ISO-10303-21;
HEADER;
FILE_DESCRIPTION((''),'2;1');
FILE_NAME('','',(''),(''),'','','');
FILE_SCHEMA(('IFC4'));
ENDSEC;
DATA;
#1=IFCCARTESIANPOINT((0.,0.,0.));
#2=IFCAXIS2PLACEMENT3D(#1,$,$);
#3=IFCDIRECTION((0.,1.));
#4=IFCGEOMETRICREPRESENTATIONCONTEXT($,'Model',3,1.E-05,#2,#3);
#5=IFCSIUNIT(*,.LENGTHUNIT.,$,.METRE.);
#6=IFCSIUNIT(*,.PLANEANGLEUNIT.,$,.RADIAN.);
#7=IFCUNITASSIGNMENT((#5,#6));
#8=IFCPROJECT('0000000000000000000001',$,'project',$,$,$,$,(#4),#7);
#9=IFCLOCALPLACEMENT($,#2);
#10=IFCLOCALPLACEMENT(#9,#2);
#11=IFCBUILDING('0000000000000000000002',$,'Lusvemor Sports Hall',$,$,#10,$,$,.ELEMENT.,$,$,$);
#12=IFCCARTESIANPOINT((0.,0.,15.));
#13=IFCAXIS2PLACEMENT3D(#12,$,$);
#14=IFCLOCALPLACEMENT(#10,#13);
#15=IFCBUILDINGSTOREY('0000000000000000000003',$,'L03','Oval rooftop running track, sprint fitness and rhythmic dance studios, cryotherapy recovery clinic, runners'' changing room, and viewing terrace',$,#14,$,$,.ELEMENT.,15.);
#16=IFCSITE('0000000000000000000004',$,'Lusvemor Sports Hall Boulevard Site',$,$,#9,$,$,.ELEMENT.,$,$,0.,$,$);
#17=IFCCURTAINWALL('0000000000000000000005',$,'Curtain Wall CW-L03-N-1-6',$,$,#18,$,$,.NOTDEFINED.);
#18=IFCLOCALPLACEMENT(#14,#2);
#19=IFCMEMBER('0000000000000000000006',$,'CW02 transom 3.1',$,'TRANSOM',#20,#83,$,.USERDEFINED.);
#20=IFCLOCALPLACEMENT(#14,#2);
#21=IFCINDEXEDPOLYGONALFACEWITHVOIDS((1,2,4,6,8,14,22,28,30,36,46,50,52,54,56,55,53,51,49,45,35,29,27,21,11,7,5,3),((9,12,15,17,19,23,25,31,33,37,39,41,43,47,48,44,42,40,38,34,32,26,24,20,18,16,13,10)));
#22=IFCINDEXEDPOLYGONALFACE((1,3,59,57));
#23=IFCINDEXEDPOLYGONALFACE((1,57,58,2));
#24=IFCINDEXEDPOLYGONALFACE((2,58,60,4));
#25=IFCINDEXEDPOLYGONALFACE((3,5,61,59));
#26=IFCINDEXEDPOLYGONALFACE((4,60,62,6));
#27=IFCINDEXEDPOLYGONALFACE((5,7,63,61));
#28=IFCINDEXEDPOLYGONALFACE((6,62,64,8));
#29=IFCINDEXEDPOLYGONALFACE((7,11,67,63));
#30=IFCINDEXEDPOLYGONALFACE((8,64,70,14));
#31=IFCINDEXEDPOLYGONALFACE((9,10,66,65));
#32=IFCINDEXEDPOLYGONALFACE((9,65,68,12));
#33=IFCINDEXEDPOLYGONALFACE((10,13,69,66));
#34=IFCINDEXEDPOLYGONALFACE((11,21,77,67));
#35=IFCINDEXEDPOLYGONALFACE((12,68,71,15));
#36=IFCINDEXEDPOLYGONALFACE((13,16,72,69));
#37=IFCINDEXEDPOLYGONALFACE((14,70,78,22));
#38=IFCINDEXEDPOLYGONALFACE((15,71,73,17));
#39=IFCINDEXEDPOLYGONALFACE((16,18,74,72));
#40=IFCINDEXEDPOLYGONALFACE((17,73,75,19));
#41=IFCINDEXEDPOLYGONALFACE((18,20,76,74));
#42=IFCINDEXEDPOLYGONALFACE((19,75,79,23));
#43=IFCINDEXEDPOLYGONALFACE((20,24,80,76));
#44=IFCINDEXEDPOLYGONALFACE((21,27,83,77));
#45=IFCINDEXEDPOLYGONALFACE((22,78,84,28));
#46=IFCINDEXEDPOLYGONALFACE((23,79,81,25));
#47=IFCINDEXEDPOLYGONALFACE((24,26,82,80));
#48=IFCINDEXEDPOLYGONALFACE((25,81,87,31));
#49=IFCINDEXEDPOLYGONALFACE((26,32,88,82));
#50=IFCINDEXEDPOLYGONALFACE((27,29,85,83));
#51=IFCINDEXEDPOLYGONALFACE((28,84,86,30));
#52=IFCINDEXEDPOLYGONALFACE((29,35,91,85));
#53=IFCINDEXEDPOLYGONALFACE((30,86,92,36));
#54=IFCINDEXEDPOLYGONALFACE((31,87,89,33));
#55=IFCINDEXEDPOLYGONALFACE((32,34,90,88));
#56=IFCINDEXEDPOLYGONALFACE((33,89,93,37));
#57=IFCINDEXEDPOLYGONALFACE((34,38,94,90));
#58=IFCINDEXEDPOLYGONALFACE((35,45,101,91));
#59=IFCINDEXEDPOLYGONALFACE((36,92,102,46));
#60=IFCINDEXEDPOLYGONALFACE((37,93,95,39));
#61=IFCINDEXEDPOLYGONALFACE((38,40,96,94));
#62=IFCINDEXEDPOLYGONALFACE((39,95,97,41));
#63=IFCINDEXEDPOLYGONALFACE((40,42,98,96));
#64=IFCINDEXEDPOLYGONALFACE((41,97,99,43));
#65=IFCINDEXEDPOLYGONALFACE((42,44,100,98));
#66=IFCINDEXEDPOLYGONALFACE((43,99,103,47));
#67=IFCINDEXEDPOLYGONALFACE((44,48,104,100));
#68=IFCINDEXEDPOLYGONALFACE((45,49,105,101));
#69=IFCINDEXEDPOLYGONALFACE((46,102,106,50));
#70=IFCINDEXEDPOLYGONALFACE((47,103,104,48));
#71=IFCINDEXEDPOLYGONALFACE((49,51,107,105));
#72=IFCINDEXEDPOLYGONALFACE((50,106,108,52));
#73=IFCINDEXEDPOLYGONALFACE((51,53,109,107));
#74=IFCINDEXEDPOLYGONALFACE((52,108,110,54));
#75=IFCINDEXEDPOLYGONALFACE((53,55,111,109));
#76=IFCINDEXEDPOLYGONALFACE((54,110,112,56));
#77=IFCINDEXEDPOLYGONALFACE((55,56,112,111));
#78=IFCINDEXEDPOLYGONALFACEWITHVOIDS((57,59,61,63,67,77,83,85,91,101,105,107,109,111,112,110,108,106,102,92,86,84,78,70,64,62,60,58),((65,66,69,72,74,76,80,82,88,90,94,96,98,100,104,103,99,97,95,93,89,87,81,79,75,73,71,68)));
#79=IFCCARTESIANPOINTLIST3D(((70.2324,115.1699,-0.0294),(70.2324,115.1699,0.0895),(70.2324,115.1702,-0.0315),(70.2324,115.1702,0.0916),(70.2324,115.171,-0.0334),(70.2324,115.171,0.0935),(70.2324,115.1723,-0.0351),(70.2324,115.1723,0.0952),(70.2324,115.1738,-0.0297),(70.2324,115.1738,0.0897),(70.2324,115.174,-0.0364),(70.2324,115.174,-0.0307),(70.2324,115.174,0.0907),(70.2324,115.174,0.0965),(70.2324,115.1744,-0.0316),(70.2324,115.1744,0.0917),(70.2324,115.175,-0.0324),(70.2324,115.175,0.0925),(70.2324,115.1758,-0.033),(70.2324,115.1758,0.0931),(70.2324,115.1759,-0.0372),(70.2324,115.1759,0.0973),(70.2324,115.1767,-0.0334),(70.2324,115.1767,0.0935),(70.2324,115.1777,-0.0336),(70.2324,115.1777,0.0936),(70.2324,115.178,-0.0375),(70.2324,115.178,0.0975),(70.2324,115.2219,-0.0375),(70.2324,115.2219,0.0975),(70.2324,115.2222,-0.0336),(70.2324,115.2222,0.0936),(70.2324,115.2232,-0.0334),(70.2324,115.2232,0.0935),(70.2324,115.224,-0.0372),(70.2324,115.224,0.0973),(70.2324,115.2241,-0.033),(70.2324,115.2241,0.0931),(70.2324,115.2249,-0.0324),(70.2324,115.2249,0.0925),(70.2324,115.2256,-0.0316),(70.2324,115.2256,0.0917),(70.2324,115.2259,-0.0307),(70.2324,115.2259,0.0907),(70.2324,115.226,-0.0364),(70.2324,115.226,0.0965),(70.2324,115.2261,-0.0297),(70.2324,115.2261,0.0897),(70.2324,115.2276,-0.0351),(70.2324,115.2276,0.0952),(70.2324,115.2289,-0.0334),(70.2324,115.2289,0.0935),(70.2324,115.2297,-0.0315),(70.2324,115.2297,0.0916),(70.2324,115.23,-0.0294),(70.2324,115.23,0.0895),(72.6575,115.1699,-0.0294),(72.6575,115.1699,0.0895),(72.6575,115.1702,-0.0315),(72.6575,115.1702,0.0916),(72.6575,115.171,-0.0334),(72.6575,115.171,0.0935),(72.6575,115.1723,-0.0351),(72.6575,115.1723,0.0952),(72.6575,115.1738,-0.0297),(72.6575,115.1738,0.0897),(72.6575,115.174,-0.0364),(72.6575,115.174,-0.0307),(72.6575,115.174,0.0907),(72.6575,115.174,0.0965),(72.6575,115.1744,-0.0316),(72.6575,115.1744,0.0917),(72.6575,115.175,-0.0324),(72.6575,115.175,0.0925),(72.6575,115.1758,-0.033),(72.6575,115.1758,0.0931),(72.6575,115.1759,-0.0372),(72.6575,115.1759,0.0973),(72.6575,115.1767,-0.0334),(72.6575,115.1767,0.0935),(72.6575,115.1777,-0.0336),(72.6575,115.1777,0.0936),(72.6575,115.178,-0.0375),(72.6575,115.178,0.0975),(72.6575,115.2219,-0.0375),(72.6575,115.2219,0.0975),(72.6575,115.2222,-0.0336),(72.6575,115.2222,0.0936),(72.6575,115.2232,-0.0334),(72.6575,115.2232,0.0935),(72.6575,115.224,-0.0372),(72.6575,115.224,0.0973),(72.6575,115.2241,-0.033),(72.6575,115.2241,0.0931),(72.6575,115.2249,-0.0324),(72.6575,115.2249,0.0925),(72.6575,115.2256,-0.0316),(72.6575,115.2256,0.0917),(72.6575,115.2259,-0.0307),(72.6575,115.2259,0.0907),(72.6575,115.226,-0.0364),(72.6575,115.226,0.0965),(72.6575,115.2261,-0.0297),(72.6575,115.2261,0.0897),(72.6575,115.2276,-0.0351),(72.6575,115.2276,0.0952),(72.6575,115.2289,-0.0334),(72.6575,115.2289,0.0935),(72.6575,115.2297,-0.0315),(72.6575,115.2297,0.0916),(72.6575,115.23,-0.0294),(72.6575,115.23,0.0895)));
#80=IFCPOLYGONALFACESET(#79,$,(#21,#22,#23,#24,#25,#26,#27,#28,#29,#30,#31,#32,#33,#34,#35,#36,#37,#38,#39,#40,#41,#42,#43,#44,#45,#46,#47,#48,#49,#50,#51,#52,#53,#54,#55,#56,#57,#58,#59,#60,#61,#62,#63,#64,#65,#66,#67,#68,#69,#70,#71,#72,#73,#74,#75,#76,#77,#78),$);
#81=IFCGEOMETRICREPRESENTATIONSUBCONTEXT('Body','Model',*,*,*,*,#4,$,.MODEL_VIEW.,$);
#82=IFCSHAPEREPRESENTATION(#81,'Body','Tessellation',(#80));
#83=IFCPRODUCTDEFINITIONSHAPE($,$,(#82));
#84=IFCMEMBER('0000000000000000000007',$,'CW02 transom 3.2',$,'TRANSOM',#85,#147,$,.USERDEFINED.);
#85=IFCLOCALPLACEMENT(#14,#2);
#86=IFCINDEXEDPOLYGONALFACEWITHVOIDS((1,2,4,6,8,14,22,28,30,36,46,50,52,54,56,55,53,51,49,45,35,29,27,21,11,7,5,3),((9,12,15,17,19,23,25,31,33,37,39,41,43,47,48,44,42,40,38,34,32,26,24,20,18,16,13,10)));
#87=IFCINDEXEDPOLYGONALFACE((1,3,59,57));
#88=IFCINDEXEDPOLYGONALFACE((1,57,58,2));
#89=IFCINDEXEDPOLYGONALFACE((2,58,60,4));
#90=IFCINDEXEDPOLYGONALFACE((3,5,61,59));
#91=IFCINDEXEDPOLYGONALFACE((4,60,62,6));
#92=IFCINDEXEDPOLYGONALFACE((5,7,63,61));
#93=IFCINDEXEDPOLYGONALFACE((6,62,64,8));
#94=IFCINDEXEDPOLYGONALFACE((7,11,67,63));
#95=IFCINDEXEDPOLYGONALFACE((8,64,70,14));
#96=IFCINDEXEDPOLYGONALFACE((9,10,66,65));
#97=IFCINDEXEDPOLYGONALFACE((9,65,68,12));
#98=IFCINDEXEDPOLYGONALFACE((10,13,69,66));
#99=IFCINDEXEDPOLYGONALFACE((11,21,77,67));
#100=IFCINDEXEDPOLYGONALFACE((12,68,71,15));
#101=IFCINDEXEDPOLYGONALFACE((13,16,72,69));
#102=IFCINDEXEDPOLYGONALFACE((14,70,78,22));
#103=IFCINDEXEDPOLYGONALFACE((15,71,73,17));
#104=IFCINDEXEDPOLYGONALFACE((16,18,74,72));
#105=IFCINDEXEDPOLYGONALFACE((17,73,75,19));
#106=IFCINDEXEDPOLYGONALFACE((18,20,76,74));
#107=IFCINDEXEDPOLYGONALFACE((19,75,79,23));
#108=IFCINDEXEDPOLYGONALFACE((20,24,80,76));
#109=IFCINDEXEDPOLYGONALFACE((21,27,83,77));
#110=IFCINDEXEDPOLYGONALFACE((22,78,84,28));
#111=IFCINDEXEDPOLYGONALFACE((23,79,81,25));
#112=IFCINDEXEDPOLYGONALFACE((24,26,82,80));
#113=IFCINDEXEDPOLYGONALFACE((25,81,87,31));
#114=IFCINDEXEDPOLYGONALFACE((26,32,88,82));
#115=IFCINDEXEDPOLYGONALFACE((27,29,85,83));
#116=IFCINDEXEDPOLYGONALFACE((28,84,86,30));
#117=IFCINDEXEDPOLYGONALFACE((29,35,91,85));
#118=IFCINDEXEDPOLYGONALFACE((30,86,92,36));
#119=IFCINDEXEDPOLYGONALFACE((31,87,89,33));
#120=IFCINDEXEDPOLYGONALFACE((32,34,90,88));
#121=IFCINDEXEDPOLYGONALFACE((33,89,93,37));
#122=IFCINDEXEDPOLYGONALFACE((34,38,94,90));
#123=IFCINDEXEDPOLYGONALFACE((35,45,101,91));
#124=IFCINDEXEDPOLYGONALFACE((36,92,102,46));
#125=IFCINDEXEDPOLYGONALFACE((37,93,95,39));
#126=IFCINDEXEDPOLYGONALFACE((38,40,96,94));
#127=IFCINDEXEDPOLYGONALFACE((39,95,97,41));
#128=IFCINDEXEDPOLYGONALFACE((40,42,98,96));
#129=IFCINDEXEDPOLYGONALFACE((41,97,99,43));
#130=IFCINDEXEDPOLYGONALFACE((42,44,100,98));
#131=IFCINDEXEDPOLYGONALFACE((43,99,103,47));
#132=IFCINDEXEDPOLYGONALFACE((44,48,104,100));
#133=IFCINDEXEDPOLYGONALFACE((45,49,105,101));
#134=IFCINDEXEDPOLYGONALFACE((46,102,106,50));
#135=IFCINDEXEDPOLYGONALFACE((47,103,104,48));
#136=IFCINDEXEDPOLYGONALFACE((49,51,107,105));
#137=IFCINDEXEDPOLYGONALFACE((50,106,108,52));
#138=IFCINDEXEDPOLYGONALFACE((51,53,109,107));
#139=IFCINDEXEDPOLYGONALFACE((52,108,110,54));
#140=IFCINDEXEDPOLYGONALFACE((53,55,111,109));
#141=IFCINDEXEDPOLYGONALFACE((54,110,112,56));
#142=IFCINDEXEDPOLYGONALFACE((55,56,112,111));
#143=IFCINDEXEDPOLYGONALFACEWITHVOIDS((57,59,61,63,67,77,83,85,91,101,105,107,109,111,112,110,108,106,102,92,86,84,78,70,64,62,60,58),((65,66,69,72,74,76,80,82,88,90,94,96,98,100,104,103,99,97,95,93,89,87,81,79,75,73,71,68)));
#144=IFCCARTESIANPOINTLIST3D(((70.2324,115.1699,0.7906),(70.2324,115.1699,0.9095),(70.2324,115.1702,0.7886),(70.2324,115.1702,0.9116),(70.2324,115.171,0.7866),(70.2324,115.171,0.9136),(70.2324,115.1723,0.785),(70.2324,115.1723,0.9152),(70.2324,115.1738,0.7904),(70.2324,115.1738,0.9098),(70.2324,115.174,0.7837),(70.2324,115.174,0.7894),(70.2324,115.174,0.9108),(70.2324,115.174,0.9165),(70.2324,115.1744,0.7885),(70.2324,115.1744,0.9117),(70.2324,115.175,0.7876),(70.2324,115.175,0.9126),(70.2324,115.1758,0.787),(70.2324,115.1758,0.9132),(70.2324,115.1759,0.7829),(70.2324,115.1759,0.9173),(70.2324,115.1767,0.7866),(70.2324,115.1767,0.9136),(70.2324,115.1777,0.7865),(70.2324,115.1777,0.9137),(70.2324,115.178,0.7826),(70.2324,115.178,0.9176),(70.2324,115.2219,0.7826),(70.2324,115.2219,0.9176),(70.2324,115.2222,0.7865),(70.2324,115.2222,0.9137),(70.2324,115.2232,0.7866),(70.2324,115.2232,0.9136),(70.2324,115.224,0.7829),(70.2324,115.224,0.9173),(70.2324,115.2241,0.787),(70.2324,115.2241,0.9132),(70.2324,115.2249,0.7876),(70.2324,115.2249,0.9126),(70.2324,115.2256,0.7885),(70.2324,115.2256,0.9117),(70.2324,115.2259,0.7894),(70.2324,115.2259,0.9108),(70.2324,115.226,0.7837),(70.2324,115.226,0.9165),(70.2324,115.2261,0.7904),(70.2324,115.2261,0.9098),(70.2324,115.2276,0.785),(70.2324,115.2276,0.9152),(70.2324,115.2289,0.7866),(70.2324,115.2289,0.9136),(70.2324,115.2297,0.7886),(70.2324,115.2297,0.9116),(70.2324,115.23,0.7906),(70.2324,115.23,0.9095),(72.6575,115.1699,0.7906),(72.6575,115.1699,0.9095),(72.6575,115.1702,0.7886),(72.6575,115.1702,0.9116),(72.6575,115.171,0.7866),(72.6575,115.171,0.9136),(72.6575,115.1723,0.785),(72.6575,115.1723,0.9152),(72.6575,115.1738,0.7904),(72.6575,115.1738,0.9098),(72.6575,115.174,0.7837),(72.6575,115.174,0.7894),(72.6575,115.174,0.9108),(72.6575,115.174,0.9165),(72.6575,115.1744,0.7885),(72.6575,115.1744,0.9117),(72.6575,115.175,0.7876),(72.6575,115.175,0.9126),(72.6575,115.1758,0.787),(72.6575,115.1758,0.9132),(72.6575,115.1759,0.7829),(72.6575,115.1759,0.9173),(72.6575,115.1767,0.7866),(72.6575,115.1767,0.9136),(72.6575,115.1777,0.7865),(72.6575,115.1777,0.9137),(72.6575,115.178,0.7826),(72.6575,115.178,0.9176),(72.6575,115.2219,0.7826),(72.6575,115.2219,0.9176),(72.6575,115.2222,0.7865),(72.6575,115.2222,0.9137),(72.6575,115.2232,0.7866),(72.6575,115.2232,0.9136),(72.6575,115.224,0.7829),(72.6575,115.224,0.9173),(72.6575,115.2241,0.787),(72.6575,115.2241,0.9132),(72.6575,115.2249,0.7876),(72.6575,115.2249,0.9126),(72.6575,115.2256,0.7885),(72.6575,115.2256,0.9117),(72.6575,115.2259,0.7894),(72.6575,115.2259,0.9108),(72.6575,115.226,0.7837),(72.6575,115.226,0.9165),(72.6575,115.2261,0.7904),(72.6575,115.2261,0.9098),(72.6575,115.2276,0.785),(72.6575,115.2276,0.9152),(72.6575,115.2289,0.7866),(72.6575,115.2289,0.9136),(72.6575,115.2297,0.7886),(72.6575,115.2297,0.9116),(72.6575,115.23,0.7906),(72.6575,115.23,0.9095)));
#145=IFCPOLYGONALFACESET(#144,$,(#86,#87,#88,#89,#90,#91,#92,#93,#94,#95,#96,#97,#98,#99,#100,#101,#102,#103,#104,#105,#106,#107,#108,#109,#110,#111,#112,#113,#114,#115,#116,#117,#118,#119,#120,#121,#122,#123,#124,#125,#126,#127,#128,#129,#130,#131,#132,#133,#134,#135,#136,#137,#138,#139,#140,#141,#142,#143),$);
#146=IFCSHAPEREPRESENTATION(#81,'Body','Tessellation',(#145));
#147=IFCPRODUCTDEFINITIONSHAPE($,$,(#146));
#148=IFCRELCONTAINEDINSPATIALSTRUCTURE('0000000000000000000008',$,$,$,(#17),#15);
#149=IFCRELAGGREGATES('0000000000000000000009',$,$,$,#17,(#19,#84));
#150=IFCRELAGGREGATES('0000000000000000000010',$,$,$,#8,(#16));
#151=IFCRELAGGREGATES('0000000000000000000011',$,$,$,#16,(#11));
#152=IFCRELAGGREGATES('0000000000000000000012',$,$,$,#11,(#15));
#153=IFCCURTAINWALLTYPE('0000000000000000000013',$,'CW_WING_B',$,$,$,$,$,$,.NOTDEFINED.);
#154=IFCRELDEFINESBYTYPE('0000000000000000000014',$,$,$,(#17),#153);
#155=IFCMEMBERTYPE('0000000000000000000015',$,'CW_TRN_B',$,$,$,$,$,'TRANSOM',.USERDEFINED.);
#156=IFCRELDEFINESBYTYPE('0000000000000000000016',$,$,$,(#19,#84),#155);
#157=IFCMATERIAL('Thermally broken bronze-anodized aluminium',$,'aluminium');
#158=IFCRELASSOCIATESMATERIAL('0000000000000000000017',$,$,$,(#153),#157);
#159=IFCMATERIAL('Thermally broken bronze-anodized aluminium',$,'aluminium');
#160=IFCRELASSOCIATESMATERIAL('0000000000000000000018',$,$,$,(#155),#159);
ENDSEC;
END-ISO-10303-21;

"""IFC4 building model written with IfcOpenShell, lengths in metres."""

from ifc_helpers import new_model, si_unit, direction, frame, origin, origin_2d, place, context, subcontext, project, spatial, hollow_rectangle, extrude, material, material_profile, profile_set, type_object, element, aggregate, save


model = new_model("IFC4")

# Units and contexts
model_context = context("Model", 3, precision=1e-05, world=origin(), true_north=direction((0.0, 1.0)))
body_context = subcontext(model_context, "Body", "Model", "MODEL_VIEW")
ifc_project = project(units=[si_unit("LENGTHUNIT", "METRE"), si_unit("PLANEANGLEUNIT", "RADIAN")], contexts=[model_context])

# Site, building, storey
site_placement = place(None, origin())
site = spatial("IfcSite", under=ifc_project, at=site_placement, Name="Lusvemor Sports Hall Boulevard Site", CompositionType="ELEMENT", RefElevation=0.0)
building_placement = place(site_placement, origin())
building = spatial("IfcBuilding", under=site, at=building_placement, Name="Lusvemor Sports Hall", CompositionType="ELEMENT")
storey_placement = place(building_placement, frame((0.0, 0.0, 15.0)))
storey = spatial("IfcBuildingStorey", under=building, at=storey_placement, Name="L03", Description="Oval rooftop running track, sprint fitness and rhythmic dance studios, cryotherapy recovery clinic, runners' changing room, and viewing terrace", CompositionType="ELEMENT", Elevation=15.0)

# Curtain wall, members
ifc_material_1 = material(Name="Thermally broken bronze-anodized aluminium", Category="aluminium")
curtain_wall_type = type_object("IfcCurtainWallType", Name="CW_WING_B", PredefinedType="NOTDEFINED", material=ifc_material_1)
curtain_wall_placement = place(storey_placement, origin())
curtain_wall = element("IfcCurtainWall", 1, at=curtain_wall_placement, inside=storey, type_object=curtain_wall_type, Name="Curtain Wall CW-L03-N-1-6", PredefinedType="NOTDEFINED")
ifc_material_2 = material(Name="Thermally broken bronze-anodized aluminium", Category="aluminium")
ifc_material_profile_1 = material_profile(ifc_material_2, hollow_rectangle(XDim=0.0601, YDim=0.135, WallThickness=0.0039, InnerFilletRadius=0.0039, OuterFilletRadius=0.0081, at=origin_2d()), Name="CWTRN135x60x4")
ifc_profile_set_1 = profile_set([ifc_material_profile_1], Name="Thermally broken bronze-anodized aluminium")
member_type_1 = type_object("IfcMemberType", Name="CW_TRN_B", ElementType="TRANSOM", PredefinedType="USERDEFINED", material=ifc_profile_set_1)
member_1_placement = place(storey_placement, frame((70.2324, 115.2, 0.03), z_axis=(1.0, 0.0, 0.0), x_axis=(0.0, 1.0, 0.0)))
member_1 = element("IfcMember", 2, at=member_1_placement, type_object=member_type_1, Name="CW02 transom 3.1", ObjectType="TRANSOM", PredefinedType="USERDEFINED", context=body_context, shape_type="SweptSolid", body=[
    extrude(hollow_rectangle(XDim=0.0601, YDim=0.135, WallThickness=0.0039, InnerFilletRadius=0.0039, OuterFilletRadius=0.0081, at=origin_2d()), origin(), (0.0, 0.0, 1.0), 2.425),
])
member_2_placement = place(storey_placement, frame((70.2324, 115.2, 0.8501), z_axis=(1.0, 0.0, 0.0), x_axis=(0.0, 1.0, 0.0)))
member_2 = element("IfcMember", 3, at=member_2_placement, type_object=member_type_1, Name="CW02 transom 3.2", ObjectType="TRANSOM", PredefinedType="USERDEFINED", context=body_context, shape_type="SweptSolid", body=[
    extrude(hollow_rectangle(XDim=0.0601, YDim=0.135, WallThickness=0.0039, InnerFilletRadius=0.0039, OuterFilletRadius=0.0081, at=origin_2d()), origin(), (0.0, 0.0, 1.0), 2.425),
])

aggregate(curtain_wall, [member_1, member_2])

save(model, "model.ifc")
